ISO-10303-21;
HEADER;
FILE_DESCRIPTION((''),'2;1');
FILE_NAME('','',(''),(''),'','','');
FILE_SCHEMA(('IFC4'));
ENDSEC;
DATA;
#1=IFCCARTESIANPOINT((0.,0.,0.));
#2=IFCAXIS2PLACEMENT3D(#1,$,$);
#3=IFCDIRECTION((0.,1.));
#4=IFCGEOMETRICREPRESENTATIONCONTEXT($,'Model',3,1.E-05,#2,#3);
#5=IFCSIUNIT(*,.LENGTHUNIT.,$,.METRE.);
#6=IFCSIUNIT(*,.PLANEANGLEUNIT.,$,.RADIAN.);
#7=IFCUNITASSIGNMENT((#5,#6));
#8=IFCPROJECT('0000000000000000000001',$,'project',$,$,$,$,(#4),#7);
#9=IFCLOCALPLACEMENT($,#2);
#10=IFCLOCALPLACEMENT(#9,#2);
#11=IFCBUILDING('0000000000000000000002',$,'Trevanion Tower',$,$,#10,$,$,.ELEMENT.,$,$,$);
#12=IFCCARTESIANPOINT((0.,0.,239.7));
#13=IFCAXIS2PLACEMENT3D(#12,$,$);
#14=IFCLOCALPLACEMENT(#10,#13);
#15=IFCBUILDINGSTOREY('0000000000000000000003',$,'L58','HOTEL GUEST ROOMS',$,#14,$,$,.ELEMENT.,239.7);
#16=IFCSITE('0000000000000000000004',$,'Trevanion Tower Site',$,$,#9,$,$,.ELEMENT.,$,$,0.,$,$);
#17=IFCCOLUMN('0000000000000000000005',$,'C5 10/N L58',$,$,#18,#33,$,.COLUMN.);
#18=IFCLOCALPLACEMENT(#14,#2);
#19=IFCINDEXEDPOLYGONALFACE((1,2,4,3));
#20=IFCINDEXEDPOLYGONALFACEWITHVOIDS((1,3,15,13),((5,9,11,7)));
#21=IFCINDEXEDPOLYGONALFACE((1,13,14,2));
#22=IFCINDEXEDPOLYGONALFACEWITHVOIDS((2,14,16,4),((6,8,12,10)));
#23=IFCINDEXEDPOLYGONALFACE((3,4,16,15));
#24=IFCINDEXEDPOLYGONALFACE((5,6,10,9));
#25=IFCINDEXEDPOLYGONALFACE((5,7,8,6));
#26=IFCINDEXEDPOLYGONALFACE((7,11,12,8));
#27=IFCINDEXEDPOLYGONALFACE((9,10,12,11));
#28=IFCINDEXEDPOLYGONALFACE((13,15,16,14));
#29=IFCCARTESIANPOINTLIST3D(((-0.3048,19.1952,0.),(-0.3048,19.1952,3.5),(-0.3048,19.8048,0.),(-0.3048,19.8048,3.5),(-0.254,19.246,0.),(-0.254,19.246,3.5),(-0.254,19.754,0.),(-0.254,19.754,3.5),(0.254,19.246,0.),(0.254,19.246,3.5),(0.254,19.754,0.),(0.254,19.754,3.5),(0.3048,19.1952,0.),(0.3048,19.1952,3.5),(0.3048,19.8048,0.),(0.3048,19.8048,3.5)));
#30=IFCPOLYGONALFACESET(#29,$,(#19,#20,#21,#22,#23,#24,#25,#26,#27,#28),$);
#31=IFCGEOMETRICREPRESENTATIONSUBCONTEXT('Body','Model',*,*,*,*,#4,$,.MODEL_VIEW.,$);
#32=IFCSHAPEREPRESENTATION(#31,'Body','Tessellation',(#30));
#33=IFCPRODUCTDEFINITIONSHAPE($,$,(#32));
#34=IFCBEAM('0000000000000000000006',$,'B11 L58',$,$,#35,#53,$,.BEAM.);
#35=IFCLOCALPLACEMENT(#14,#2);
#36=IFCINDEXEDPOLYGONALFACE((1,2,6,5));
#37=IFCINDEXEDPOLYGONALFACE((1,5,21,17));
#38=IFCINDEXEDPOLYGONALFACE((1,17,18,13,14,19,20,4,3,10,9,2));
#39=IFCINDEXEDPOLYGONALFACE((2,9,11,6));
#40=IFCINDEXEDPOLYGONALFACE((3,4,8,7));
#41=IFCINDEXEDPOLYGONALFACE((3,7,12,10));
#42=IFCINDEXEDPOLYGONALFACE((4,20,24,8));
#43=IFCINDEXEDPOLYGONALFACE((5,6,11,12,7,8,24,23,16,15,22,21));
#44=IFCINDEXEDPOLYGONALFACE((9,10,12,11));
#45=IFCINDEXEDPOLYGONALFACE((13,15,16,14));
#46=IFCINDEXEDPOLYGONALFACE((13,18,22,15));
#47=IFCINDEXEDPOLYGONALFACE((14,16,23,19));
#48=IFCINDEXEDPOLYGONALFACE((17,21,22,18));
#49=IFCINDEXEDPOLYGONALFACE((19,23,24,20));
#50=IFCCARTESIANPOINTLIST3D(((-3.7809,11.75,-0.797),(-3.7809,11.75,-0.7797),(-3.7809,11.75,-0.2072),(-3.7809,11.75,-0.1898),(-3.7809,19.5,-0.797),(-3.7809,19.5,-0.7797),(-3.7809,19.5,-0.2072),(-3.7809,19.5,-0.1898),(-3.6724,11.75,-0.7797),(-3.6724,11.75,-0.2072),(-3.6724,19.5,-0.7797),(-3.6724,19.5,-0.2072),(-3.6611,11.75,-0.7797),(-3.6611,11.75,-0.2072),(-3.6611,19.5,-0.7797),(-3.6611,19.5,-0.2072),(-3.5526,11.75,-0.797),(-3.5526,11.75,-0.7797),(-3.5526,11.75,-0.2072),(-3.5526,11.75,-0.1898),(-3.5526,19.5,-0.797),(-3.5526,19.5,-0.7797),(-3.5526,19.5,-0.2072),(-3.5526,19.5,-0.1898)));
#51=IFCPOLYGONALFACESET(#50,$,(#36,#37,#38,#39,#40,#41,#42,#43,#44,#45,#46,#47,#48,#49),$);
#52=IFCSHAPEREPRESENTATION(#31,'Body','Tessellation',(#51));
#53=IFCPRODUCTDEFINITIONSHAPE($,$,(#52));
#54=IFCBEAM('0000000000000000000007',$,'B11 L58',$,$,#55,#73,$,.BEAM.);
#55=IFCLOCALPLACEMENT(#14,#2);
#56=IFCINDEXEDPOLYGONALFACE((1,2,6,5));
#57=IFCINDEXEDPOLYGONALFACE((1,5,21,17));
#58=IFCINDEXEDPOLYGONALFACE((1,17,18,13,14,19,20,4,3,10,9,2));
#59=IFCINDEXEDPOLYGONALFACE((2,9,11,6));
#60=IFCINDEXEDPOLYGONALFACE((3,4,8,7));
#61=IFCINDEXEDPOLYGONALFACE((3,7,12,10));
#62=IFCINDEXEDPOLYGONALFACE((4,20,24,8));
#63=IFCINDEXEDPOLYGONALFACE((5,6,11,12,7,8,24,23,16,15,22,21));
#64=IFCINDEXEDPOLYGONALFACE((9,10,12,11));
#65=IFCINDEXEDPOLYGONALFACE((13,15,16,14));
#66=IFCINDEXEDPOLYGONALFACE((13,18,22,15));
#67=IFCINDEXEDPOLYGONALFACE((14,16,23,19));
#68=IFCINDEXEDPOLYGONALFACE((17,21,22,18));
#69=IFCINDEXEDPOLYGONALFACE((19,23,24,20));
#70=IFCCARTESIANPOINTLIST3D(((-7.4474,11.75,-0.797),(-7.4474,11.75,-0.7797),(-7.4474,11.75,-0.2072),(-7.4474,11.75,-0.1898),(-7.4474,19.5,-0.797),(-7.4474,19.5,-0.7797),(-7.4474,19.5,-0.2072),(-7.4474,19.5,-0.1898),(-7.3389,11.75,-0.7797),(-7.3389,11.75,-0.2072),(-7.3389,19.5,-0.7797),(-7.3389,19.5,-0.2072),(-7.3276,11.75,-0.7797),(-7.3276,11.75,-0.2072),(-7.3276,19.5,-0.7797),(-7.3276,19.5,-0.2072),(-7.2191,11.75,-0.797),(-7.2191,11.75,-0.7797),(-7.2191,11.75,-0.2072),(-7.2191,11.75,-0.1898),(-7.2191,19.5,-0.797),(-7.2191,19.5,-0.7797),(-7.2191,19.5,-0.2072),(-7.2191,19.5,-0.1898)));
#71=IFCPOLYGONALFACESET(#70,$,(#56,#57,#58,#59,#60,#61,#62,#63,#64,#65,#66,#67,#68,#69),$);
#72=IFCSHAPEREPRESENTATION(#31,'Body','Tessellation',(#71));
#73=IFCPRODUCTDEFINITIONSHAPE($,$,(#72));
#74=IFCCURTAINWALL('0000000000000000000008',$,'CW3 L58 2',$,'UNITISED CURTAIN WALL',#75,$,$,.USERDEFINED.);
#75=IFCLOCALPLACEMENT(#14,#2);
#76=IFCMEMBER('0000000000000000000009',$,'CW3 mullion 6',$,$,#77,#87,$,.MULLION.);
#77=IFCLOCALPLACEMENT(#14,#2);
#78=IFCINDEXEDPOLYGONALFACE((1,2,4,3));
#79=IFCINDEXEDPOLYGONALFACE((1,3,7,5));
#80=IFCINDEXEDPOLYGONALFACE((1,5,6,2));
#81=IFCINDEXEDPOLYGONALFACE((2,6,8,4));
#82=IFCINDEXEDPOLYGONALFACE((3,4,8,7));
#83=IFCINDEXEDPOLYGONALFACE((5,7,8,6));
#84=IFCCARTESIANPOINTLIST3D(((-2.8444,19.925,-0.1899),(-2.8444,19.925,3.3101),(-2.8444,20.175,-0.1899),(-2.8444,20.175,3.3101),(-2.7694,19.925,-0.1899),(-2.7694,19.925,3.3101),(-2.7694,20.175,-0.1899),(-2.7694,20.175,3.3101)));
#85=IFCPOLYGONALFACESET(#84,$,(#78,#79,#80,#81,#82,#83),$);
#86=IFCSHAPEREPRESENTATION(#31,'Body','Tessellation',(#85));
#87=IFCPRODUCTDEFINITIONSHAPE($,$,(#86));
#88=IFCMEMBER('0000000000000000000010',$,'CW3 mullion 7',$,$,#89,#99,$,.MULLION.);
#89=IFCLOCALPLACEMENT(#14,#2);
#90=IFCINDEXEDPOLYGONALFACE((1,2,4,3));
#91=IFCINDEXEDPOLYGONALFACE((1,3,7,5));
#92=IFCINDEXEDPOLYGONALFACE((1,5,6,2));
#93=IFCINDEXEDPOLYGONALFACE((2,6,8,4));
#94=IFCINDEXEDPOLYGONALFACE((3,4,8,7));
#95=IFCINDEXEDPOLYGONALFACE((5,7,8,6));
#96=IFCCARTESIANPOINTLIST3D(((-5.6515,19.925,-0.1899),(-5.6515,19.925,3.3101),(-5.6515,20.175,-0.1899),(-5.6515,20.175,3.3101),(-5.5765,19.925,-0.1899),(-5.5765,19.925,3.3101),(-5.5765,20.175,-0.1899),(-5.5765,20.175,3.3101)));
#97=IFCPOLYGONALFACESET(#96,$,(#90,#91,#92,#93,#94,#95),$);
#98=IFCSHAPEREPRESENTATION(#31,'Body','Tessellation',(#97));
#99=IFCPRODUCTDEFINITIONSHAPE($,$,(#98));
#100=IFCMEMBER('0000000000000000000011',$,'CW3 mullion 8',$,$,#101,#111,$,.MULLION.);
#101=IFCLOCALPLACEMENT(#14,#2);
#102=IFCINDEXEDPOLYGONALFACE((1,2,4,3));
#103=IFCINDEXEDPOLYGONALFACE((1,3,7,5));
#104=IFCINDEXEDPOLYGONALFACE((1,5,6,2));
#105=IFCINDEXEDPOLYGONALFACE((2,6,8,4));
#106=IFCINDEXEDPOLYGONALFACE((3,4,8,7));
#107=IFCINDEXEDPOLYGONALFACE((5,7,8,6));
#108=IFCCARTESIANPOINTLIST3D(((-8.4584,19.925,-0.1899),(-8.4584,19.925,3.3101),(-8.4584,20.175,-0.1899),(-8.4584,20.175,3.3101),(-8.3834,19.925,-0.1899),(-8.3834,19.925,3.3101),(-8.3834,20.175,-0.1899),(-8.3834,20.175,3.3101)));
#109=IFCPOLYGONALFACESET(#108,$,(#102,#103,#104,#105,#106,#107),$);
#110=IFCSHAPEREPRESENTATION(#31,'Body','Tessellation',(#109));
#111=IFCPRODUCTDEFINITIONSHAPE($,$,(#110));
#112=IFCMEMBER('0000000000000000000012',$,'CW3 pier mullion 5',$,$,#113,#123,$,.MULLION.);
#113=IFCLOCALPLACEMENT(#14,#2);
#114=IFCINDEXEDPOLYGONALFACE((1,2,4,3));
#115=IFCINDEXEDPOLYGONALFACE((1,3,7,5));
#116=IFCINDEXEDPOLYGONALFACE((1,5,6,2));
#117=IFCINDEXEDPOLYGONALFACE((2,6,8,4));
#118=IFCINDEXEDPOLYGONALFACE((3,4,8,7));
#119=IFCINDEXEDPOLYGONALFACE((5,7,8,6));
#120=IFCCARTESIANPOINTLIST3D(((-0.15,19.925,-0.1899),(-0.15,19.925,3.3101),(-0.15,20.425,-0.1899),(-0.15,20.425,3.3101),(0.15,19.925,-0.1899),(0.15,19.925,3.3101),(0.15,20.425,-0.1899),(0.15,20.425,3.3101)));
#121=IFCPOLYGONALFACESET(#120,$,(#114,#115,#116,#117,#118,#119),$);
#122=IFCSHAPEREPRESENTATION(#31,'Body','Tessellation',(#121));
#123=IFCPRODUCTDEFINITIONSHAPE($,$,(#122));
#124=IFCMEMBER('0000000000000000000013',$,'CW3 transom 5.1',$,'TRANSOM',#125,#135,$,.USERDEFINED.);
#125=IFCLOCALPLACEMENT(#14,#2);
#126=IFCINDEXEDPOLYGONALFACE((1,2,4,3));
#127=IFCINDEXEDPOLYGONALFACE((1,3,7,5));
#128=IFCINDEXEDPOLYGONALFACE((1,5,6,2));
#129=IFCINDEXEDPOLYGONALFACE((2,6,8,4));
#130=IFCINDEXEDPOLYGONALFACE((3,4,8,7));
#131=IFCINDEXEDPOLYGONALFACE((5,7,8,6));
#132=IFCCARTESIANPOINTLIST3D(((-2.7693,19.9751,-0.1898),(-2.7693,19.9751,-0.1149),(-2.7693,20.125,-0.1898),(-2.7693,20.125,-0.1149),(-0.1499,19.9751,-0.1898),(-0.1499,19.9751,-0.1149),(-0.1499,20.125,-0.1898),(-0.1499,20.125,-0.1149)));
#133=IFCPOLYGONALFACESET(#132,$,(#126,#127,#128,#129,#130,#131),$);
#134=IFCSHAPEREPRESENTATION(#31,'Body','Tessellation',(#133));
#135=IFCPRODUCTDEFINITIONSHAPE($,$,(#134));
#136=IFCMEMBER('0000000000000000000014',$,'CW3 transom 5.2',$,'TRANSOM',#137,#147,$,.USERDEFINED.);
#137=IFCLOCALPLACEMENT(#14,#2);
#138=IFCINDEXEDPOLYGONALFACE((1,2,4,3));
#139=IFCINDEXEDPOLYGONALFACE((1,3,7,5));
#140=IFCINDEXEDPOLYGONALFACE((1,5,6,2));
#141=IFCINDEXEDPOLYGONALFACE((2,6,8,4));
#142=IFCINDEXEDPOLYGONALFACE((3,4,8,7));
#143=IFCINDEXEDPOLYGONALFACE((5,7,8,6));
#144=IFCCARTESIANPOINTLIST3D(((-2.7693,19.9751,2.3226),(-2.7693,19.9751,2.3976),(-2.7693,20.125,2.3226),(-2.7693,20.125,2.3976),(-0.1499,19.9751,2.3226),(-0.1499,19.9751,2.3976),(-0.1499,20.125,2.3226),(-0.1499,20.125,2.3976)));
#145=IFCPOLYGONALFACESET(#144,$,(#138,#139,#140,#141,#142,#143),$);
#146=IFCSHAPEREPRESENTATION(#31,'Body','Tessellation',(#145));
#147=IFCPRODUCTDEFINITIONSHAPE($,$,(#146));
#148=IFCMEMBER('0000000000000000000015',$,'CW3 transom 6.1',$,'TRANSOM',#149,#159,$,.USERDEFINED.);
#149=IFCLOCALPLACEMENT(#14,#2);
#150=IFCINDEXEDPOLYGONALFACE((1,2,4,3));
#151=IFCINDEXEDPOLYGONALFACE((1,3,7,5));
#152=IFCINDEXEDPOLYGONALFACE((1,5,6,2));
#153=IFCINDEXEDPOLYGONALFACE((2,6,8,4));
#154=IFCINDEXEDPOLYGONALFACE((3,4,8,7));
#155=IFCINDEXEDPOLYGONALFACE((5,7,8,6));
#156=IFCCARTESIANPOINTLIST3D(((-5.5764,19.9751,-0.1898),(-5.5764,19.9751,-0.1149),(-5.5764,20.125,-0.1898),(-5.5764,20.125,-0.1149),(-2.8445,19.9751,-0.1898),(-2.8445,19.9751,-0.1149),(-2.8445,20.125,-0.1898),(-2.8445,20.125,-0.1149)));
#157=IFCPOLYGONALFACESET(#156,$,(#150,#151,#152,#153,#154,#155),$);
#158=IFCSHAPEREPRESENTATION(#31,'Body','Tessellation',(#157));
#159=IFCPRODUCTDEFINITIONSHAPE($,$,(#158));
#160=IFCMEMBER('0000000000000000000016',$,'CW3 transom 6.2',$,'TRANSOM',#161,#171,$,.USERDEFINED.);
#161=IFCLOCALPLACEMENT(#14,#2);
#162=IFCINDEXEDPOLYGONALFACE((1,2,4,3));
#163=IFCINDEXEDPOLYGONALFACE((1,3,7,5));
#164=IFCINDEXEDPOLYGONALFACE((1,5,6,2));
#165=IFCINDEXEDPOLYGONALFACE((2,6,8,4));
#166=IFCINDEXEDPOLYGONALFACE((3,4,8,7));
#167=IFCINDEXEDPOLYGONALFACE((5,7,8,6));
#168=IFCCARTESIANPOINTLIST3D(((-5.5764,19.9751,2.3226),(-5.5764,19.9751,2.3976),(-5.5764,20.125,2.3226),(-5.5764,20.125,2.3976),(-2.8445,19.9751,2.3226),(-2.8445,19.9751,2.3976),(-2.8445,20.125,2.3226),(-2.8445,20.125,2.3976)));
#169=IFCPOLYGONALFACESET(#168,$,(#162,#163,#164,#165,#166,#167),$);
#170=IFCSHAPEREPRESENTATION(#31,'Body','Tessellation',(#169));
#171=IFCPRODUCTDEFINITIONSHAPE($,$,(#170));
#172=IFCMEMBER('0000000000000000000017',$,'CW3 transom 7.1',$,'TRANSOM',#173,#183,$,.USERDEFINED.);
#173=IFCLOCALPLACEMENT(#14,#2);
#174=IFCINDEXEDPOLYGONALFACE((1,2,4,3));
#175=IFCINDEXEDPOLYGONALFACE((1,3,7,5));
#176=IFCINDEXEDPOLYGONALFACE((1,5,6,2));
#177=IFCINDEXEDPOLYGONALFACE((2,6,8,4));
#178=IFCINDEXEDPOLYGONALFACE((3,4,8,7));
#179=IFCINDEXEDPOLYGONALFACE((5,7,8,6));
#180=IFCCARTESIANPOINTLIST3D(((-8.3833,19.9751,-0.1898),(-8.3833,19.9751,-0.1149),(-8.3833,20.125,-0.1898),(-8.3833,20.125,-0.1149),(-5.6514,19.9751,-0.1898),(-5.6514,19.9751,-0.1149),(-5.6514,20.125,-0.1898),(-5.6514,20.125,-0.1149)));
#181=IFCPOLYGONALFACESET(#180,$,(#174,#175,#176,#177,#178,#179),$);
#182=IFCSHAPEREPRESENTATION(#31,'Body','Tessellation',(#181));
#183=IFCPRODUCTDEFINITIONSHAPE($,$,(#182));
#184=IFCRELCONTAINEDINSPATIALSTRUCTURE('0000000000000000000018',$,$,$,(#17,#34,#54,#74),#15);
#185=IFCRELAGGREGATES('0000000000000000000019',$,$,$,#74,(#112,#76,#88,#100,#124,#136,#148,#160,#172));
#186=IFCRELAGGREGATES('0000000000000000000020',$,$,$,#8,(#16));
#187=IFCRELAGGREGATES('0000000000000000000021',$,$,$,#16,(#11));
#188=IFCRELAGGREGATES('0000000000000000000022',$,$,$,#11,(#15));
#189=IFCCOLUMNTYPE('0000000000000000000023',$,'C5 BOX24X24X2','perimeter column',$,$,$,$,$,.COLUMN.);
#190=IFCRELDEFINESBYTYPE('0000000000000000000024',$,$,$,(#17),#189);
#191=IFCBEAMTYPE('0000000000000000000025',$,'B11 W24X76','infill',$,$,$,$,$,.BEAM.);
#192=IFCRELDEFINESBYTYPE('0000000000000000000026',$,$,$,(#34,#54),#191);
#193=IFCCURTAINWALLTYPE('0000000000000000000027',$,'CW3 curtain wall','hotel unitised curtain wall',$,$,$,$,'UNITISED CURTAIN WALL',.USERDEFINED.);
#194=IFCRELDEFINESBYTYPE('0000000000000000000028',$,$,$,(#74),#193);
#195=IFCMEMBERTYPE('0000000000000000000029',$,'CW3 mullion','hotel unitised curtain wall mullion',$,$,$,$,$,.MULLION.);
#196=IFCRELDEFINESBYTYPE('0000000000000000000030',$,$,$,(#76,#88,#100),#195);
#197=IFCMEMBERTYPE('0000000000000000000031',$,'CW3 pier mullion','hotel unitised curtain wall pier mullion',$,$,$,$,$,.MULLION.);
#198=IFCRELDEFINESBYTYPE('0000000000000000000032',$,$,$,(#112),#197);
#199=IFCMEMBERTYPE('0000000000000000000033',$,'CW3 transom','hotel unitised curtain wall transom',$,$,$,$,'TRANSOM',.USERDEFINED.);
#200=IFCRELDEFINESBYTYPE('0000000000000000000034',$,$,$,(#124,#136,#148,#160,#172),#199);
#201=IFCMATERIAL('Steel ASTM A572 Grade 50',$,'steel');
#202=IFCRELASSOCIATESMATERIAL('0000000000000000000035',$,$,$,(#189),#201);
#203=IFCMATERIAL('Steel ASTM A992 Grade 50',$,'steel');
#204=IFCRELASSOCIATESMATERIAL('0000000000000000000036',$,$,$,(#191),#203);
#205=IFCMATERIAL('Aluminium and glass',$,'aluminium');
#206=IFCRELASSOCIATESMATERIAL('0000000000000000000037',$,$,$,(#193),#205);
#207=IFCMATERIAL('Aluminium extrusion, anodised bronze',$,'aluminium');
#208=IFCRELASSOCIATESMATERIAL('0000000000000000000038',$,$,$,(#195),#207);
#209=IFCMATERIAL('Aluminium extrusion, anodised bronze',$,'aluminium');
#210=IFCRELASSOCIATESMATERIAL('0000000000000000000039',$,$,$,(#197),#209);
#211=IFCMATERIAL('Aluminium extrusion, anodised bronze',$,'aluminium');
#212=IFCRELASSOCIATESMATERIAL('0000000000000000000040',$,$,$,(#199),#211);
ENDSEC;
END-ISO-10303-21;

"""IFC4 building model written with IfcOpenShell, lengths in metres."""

from ifc_helpers import new_model, si_unit, direction, frame, origin, origin_2d, place, context, subcontext, project, spatial, rectangle, hollow_rectangle, i_section, extrude, material, material_profile, profile_set, type_object, element, aggregate, save


model = new_model("IFC4")

# Units and contexts
model_context = context("Model", 3, precision=1e-05, world=origin(), true_north=direction((0.0, 1.0)))
body_context = subcontext(model_context, "Body", "Model", "MODEL_VIEW")
ifc_project = project(units=[si_unit("LENGTHUNIT", "METRE"), si_unit("PLANEANGLEUNIT", "RADIAN")], contexts=[model_context])

# Site, building, storey
site_placement = place(None, origin())
site = spatial("IfcSite", under=ifc_project, at=site_placement, Name="Trevanion Tower Site", CompositionType="ELEMENT", RefElevation=0.0)
building_placement = place(site_placement, origin())
building = spatial("IfcBuilding", under=site, at=building_placement, Name="Trevanion Tower", CompositionType="ELEMENT")
storey_placement = place(building_placement, frame((0.0, 0.0, 239.7)))
storey = spatial("IfcBuildingStorey", under=building, at=storey_placement, Name="L58", Description="HOTEL GUEST ROOMS", CompositionType="ELEMENT", Elevation=239.7)

# Column
ifc_material_1 = material(Name="Steel ASTM A572 Grade 50", Category="steel")
ifc_material_profile_1 = material_profile(ifc_material_1, hollow_rectangle(XDim=0.6096, YDim=0.6096, WallThickness=0.0508, at=origin_2d()), Name="BOX24X24X2")
ifc_profile_set_1 = profile_set([ifc_material_profile_1], Name="Steel ASTM A572 Grade 50")
column_type = type_object("IfcColumnType", Name="C5 BOX24X24X2", Description="perimeter column", PredefinedType="COLUMN", material=ifc_profile_set_1)
column_placement = place(storey_placement, frame((0.0, 19.5, 0.0), z_axis=(0.0, 0.0, 1.0), x_axis=(1.0, 0.0, 0.0)))
element("IfcColumn", 1, at=column_placement, inside=storey, type_object=column_type, Name="C5 10/N L58", PredefinedType="COLUMN", context=body_context, shape_type="SweptSolid", body=[
    extrude(hollow_rectangle(XDim=0.6096, YDim=0.6096, WallThickness=0.0508, at=origin_2d()), origin(), (0.0, 0.0, 1.0), 3.5),
])

# Beams
ifc_material_2 = material(Name="Steel ASTM A992 Grade 50", Category="steel")
ifc_material_profile_2 = material_profile(ifc_material_2, i_section(OverallWidth=0.2283, OverallDepth=0.6072, WebThickness=0.0112, FlangeThickness=0.0173, at=origin_2d()), Name="W24X76")
ifc_profile_set_2 = profile_set([ifc_material_profile_2], Name="Steel ASTM A992 Grade 50")
beam_type_1 = type_object("IfcBeamType", Name="B11 W24X76", Description="infill", PredefinedType="BEAM", material=ifc_profile_set_2)
for number, where, z_axis, x_axis, name in (
    (2, (-3.6667, 11.75, -0.4934), (0.0, 1.0, 0.0), (-1.0, 0.0, 0.0), "B11 L58"),
    (3, (-7.3333, 11.75, -0.4934), (0.0, 1.0, 0.0), (-1.0, 0.0, 0.0), "B11 L58"),
):
    element("IfcBeam", number, at=place(storey_placement, frame(where, z_axis=z_axis, x_axis=x_axis)), inside=storey, type_object=beam_type_1, Name=name, PredefinedType="BEAM", context=body_context, shape_type="SweptSolid", body=[
        extrude(i_section(OverallWidth=0.2283, OverallDepth=0.6072, WebThickness=0.0112, FlangeThickness=0.0173, at=origin_2d()), origin(), (0.0, 0.0, 1.0), 7.75),
    ])

# Curtain wall, members
ifc_material_3 = material(Name="Aluminium and glass", Category="aluminium")
curtain_wall_type = type_object("IfcCurtainWallType", Name="CW3 curtain wall", Description="hotel unitised curtain wall", ElementType="UNITISED CURTAIN WALL", PredefinedType="USERDEFINED", material=ifc_material_3)
curtain_wall_placement = place(storey_placement, origin())
curtain_wall = element("IfcCurtainWall", 4, at=curtain_wall_placement, inside=storey, type_object=curtain_wall_type, Name="CW3 L58 2", ObjectType="UNITISED CURTAIN WALL", PredefinedType="USERDEFINED")
ifc_material_4 = material(Name="Aluminium extrusion, anodised bronze", Category="aluminium")
ifc_material_profile_3 = material_profile(ifc_material_4, rectangle(XDim=0.075, YDim=0.25, at=origin_2d()), Name="CW3 mullion")
ifc_profile_set_3 = profile_set([ifc_material_profile_3], Name="Aluminium extrusion, anodised bronze")
member_type_1 = type_object("IfcMemberType", Name="CW3 mullion", Description="hotel unitised curtain wall mullion", PredefinedType="MULLION", material=ifc_profile_set_3)
member_1_placement = place(storey_placement, frame((-2.8069, 20.05, -0.1899), z_axis=(0.0, 0.0, 1.0), x_axis=(-1.0, 0.0, 0.0)))
member_1 = element("IfcMember", 5, at=member_1_placement, type_object=member_type_1, Name="CW3 mullion 6", PredefinedType="MULLION", context=body_context, shape_type="SweptSolid", body=[
    extrude(rectangle(XDim=0.075, YDim=0.25, at=origin_2d()), origin(), (0.0, 0.0, 1.0), 3.5),
])
member_2_placement = place(storey_placement, frame((-5.614, 20.05, -0.1899), z_axis=(0.0, 0.0, 1.0), x_axis=(-1.0, 0.0, 0.0)))
member_2 = element("IfcMember", 6, at=member_2_placement, type_object=member_type_1, Name="CW3 mullion 7", PredefinedType="MULLION", context=body_context, shape_type="SweptSolid", body=[
    extrude(rectangle(XDim=0.075, YDim=0.25, at=origin_2d()), origin(), (0.0, 0.0, 1.0), 3.5),
])
member_3_placement = place(storey_placement, frame((-8.4209, 20.05, -0.1899), z_axis=(0.0, 0.0, 1.0), x_axis=(-1.0, 0.0, 0.0)))
member_3 = element("IfcMember", 7, at=member_3_placement, type_object=member_type_1, Name="CW3 mullion 8", PredefinedType="MULLION", context=body_context, shape_type="SweptSolid", body=[
    extrude(rectangle(XDim=0.075, YDim=0.25, at=origin_2d()), origin(), (0.0, 0.0, 1.0), 3.5),
])
ifc_material_5 = material(Name="Aluminium extrusion, anodised bronze", Category="aluminium")
ifc_material_profile_4 = material_profile(ifc_material_5, rectangle(XDim=0.3, YDim=0.5, at=origin_2d()), Name="CW3 pier mullion")
ifc_profile_set_4 = profile_set([ifc_material_profile_4], Name="Aluminium extrusion, anodised bronze")
member_type_2 = type_object("IfcMemberType", Name="CW3 pier mullion", Description="hotel unitised curtain wall pier mullion", PredefinedType="MULLION", material=ifc_profile_set_4)
member_4_placement = place(storey_placement, frame((0.0, 20.175, -0.1899), z_axis=(0.0, 0.0, 1.0), x_axis=(-1.0, 0.0, 0.0)))
member_4 = element("IfcMember", 8, at=member_4_placement, type_object=member_type_2, Name="CW3 pier mullion 5", PredefinedType="MULLION", context=body_context, shape_type="SweptSolid", body=[
    extrude(rectangle(XDim=0.3, YDim=0.5, at=origin_2d()), origin(), (0.0, 0.0, 1.0), 3.5),
])
ifc_material_6 = material(Name="Aluminium extrusion, anodised bronze", Category="aluminium")
ifc_material_profile_5 = material_profile(ifc_material_6, rectangle(XDim=0.1499, YDim=0.075, at=origin_2d()), Name="CW3 transom")
ifc_profile_set_5 = profile_set([ifc_material_profile_5], Name="Aluminium extrusion, anodised bronze")
member_type_3 = type_object("IfcMemberType", Name="CW3 transom", Description="hotel unitised curtain wall transom", ElementType="TRANSOM", PredefinedType="USERDEFINED", material=ifc_profile_set_5)
member_5_placement = place(storey_placement, frame((-0.1499, 20.05, -0.1523), z_axis=(-1.0, 0.0, 0.0), x_axis=(0.0, -1.0, 0.0)))
member_5 = element("IfcMember", 9, at=member_5_placement, type_object=member_type_3, Name="CW3 transom 5.1", ObjectType="TRANSOM", PredefinedType="USERDEFINED", context=body_context, shape_type="SweptSolid", body=[
    extrude(rectangle(XDim=0.1499, YDim=0.075, at=origin_2d()), origin(), (0.0, 0.0, 1.0), 2.6194),
])
member_6_placement = place(storey_placement, frame((-0.1499, 20.05, 2.3601), z_axis=(-1.0, 0.0, 0.0), x_axis=(0.0, -1.0, 0.0)))
member_6 = element("IfcMember", 10, at=member_6_placement, type_object=member_type_3, Name="CW3 transom 5.2", ObjectType="TRANSOM", PredefinedType="USERDEFINED", context=body_context, shape_type="SweptSolid", body=[
    extrude(rectangle(XDim=0.1499, YDim=0.075, at=origin_2d()), origin(), (0.0, 0.0, 1.0), 2.6194),
])
member_7_placement = place(storey_placement, frame((-2.8445, 20.05, -0.1523), z_axis=(-1.0, 0.0, 0.0), x_axis=(0.0, -1.0, 0.0)))
member_7 = element("IfcMember", 11, at=member_7_placement, type_object=member_type_3, Name="CW3 transom 6.1", ObjectType="TRANSOM", PredefinedType="USERDEFINED", context=body_context, shape_type="SweptSolid", body=[
    extrude(rectangle(XDim=0.1499, YDim=0.075, at=origin_2d()), origin(), (0.0, 0.0, 1.0), 2.7319),
])
member_8_placement = place(storey_placement, frame((-2.8445, 20.05, 2.3601), z_axis=(-1.0, 0.0, 0.0), x_axis=(0.0, -1.0, 0.0)))
member_8 = element("IfcMember", 12, at=member_8_placement, type_object=member_type_3, Name="CW3 transom 6.2", ObjectType="TRANSOM", PredefinedType="USERDEFINED", context=body_context, shape_type="SweptSolid", body=[
    extrude(rectangle(XDim=0.1499, YDim=0.075, at=origin_2d()), origin(), (0.0, 0.0, 1.0), 2.7319),
])
member_9_placement = place(storey_placement, frame((-5.6514, 20.05, -0.1523), z_axis=(-1.0, 0.0, 0.0), x_axis=(0.0, -1.0, 0.0)))
member_9 = element("IfcMember", 13, at=member_9_placement, type_object=member_type_3, Name="CW3 transom 7.1", ObjectType="TRANSOM", PredefinedType="USERDEFINED", context=body_context, shape_type="SweptSolid", body=[
    extrude(rectangle(XDim=0.1499, YDim=0.075, at=origin_2d()), origin(), (0.0, 0.0, 1.0), 2.7319),
])

aggregate(curtain_wall, [member_4, member_1, member_2, member_3, member_5, member_6, member_7, member_8, member_9])

save(model, "model.ifc")
